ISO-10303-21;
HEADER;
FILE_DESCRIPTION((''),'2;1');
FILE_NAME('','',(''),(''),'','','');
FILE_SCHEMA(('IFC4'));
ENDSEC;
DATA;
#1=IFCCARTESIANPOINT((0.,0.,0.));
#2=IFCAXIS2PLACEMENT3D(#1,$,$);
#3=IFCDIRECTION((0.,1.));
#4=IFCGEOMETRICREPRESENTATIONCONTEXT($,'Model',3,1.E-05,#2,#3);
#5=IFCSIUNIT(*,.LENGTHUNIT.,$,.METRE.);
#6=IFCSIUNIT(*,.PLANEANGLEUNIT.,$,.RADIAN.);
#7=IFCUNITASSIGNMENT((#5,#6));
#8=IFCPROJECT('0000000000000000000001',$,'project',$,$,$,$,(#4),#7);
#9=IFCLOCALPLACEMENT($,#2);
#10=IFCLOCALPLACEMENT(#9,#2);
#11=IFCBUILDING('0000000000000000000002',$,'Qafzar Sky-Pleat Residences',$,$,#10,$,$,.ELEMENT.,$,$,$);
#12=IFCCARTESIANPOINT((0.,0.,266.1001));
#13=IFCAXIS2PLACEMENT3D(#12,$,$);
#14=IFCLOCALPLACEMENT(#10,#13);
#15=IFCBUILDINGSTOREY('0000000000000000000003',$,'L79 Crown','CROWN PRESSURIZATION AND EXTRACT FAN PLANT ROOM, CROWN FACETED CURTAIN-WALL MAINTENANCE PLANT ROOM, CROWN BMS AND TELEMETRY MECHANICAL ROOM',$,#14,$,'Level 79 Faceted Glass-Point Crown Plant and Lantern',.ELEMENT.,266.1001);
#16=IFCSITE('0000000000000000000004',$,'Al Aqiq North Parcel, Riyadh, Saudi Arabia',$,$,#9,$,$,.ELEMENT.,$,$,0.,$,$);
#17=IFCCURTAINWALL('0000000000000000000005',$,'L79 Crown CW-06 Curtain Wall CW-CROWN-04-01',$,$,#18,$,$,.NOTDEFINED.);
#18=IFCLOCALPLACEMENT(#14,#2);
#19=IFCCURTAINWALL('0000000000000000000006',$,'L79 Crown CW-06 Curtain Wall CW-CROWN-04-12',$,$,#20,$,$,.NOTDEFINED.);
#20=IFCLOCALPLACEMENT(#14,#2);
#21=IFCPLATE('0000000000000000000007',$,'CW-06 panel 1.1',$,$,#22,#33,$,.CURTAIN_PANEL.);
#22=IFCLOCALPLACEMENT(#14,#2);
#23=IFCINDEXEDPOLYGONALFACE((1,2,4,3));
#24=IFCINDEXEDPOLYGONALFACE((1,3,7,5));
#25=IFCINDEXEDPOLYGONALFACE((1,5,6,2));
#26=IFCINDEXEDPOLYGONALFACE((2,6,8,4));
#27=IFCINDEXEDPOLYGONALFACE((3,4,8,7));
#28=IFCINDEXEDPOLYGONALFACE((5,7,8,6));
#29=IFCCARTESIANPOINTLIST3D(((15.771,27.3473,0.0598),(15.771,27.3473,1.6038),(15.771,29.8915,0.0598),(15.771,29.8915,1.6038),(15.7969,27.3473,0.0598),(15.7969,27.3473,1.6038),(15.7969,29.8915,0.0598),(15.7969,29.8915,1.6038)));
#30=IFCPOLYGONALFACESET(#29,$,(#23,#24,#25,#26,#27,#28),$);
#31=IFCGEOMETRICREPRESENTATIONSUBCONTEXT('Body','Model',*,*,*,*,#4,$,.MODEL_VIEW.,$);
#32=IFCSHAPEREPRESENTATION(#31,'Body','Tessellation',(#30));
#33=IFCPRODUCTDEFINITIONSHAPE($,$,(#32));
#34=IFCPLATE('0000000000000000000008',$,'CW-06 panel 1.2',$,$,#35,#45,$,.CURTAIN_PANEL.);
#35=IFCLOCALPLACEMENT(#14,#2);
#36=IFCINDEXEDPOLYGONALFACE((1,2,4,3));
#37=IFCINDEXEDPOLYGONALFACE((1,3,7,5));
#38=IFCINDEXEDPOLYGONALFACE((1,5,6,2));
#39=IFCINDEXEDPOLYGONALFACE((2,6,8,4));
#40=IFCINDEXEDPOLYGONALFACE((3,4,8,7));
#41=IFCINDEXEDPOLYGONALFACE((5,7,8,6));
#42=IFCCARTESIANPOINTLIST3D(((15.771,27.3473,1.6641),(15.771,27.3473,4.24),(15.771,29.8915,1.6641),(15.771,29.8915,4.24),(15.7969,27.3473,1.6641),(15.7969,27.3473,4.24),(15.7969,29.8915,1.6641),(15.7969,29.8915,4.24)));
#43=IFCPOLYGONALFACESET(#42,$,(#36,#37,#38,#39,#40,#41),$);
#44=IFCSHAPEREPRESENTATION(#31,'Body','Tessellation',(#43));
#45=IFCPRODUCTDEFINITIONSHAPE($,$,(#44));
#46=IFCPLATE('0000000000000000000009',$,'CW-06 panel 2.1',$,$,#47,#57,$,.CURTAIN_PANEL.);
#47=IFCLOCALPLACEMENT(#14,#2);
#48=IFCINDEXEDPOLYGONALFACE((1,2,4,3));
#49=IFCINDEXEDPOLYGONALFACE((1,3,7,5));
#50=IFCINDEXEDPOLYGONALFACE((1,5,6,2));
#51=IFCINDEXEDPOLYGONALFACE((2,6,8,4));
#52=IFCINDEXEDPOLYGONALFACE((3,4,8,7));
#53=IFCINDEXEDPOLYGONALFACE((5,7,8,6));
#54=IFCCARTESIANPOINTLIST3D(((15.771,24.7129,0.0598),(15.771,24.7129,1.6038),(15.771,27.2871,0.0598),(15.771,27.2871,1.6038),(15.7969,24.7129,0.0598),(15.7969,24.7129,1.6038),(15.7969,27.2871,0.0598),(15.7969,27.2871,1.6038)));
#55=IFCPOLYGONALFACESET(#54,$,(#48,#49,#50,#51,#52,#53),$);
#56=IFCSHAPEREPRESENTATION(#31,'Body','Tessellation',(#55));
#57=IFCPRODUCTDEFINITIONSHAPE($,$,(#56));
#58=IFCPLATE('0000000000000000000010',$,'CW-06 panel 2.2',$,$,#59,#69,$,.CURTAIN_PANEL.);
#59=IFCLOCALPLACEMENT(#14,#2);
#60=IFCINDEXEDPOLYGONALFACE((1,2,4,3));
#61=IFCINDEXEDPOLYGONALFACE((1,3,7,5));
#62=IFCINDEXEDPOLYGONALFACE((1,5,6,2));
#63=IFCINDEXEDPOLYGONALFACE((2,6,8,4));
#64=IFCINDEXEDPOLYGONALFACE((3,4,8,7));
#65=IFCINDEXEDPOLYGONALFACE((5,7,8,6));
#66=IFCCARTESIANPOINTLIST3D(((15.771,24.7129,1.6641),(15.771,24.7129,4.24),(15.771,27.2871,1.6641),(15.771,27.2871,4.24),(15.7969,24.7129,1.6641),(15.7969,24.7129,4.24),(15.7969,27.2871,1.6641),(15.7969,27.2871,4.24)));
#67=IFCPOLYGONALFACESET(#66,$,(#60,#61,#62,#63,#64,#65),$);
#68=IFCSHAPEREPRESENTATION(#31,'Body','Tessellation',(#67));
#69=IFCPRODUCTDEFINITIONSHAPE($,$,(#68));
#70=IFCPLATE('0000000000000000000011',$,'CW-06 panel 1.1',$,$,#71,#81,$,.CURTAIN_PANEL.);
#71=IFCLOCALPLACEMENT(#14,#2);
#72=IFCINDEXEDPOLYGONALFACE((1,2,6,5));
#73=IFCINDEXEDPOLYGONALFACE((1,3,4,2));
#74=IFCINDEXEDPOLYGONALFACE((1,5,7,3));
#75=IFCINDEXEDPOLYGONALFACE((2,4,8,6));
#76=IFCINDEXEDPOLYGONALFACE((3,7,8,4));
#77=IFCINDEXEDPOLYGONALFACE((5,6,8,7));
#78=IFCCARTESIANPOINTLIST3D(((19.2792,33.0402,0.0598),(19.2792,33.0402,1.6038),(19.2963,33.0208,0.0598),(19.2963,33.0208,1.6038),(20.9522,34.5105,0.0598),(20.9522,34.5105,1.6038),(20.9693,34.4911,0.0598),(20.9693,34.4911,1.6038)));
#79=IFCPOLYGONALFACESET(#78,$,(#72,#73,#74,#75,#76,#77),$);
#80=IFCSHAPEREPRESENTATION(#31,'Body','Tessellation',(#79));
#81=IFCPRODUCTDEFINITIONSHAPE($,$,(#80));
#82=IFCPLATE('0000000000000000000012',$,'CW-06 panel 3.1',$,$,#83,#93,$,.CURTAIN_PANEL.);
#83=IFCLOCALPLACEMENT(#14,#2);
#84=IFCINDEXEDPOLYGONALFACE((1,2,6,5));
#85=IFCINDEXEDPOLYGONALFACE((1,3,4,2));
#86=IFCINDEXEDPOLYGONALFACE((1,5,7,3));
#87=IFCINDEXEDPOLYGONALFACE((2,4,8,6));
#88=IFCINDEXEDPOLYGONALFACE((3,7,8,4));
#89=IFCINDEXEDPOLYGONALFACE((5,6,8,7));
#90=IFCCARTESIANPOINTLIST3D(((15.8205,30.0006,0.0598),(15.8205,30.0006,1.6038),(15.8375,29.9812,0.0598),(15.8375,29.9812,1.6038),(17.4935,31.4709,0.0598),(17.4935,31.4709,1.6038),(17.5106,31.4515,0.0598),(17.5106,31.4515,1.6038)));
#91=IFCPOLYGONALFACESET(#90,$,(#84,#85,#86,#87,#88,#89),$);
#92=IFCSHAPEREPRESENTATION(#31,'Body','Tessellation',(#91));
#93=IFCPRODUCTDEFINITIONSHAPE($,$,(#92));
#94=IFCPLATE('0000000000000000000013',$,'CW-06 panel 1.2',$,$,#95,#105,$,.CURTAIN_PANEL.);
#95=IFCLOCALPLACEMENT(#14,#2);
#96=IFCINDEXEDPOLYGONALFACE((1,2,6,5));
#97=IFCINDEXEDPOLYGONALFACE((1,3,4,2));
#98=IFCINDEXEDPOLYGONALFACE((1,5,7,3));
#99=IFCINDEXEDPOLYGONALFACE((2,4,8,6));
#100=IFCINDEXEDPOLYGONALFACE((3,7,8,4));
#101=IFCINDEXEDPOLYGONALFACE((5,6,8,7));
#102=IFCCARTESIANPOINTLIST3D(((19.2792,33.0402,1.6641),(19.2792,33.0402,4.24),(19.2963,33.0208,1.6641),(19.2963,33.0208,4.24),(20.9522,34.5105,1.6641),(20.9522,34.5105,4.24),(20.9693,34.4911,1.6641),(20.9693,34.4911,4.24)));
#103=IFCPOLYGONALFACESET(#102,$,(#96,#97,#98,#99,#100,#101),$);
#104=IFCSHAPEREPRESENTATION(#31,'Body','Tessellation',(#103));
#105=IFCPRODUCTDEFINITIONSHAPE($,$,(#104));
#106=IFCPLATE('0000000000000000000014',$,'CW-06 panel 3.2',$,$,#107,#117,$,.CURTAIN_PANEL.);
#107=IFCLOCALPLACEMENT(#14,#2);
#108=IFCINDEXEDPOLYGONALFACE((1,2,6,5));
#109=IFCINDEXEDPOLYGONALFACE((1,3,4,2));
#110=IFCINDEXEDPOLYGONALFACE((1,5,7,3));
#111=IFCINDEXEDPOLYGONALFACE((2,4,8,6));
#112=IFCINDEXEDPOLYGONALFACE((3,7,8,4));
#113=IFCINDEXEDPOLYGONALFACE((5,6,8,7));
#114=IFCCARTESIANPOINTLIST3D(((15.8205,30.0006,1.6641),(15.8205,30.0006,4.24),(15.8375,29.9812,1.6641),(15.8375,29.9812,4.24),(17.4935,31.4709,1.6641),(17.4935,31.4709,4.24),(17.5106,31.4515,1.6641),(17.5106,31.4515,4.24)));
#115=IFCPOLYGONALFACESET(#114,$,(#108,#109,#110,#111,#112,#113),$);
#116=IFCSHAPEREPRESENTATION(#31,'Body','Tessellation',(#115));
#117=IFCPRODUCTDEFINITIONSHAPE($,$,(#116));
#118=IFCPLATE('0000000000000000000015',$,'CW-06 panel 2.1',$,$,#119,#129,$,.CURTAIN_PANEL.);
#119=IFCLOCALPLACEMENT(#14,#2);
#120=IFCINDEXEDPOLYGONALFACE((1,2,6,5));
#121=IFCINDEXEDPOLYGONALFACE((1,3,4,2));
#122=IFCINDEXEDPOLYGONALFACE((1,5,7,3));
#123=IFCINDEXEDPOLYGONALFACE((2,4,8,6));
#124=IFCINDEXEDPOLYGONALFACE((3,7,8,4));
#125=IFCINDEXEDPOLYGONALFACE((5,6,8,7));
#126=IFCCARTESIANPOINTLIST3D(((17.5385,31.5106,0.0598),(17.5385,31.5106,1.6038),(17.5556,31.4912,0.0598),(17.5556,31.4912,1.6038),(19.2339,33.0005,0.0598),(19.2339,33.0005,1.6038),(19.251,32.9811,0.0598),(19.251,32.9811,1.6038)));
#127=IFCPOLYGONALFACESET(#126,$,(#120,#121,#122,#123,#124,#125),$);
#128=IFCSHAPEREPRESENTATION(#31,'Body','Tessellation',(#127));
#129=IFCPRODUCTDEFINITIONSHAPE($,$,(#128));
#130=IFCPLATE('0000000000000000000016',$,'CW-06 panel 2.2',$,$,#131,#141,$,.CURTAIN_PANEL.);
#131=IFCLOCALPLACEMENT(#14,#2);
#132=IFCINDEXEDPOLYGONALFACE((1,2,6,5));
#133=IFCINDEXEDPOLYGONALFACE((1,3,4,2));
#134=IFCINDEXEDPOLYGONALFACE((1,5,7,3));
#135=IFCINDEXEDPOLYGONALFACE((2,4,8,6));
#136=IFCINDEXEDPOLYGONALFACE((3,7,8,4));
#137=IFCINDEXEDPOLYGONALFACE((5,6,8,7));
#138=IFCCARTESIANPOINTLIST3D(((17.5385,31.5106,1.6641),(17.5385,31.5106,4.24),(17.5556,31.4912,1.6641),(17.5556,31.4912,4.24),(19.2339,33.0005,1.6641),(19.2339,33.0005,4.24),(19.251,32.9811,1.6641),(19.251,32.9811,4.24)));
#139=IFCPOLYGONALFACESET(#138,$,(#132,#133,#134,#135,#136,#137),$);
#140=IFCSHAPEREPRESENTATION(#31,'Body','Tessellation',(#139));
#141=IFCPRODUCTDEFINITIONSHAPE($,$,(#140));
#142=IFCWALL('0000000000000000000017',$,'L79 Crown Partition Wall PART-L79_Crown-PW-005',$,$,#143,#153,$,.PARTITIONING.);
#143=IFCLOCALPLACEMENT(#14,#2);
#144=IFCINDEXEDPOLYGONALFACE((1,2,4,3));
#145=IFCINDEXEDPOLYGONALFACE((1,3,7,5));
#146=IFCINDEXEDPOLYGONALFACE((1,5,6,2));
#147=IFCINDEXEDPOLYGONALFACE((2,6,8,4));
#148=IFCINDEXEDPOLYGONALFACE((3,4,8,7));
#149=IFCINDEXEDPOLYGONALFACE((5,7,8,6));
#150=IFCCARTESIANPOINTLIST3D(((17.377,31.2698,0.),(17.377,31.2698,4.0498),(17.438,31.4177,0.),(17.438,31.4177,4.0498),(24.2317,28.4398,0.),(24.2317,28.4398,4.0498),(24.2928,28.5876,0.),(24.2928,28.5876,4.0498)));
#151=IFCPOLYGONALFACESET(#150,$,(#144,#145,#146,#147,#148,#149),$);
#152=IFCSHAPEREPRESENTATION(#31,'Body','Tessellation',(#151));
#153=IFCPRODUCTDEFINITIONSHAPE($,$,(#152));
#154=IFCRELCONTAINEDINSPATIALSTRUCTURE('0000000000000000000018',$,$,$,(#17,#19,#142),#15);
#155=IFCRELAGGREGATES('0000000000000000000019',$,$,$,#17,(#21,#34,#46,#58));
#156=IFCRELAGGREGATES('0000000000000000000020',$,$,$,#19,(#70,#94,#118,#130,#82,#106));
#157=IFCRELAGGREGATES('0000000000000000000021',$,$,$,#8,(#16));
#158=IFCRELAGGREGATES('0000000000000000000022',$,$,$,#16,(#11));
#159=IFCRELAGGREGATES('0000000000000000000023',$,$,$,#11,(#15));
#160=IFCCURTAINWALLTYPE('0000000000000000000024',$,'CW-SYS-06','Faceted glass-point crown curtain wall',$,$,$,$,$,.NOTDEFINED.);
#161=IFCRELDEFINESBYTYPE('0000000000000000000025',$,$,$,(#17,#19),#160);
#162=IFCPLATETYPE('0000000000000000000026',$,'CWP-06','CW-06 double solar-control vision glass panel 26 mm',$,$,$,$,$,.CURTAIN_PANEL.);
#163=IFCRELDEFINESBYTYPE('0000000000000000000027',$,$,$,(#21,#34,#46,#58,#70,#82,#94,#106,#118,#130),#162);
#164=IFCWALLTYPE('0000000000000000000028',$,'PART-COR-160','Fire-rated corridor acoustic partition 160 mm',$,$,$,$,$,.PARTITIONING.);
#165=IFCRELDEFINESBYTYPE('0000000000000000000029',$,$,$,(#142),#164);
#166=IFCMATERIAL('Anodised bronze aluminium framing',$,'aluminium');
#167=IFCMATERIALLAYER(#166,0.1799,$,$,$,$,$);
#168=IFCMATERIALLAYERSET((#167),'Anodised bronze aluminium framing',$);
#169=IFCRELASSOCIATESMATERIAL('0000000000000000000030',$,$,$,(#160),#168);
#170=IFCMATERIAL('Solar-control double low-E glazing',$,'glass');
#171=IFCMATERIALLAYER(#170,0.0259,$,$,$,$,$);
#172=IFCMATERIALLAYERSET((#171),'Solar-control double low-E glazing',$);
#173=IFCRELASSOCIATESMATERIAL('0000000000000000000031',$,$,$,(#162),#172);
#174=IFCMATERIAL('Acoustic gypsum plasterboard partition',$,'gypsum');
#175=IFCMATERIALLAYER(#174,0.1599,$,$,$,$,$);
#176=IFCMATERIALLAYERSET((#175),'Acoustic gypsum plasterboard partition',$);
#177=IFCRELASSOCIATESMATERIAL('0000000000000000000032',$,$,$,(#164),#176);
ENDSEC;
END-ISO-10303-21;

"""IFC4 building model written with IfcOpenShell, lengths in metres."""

from ifc_helpers import new_model, si_unit, direction, frame, frame_2d, origin, origin_2d, place, context, subcontext, project, spatial, rectangle, extrude, source, transform, mapped, material, layer, layer_set, type_object, element, aggregate, save


model = new_model("IFC4")

# Units and contexts
model_context = context("Model", 3, precision=1e-05, world=origin(), true_north=direction((0.0, 1.0)))
body_context = subcontext(model_context, "Body", "Model", "MODEL_VIEW")
ifc_project = project(units=[si_unit("LENGTHUNIT", "METRE"), si_unit("PLANEANGLEUNIT", "RADIAN")], contexts=[model_context])

# Site, building, storey
site_placement = place(None, origin())
site = spatial("IfcSite", under=ifc_project, at=site_placement, Name="Al Aqiq North Parcel, Riyadh, Saudi Arabia", CompositionType="ELEMENT", RefElevation=0.0)
building_placement = place(site_placement, origin())
building = spatial("IfcBuilding", under=site, at=building_placement, Name="Qafzar Sky-Pleat Residences", CompositionType="ELEMENT")
storey_placement = place(building_placement, frame((0.0, 0.0, 266.1001)))
storey = spatial("IfcBuildingStorey", under=building, at=storey_placement, Name="L79 Crown", Description="CROWN PRESSURIZATION AND EXTRACT FAN PLANT ROOM, CROWN FACETED CURTAIN-WALL MAINTENANCE PLANT ROOM, CROWN BMS AND TELEMETRY MECHANICAL ROOM", LongName="Level 79 Faceted Glass-Point Crown Plant and Lantern", CompositionType="ELEMENT", Elevation=266.1001)

# Curtain wall
ifc_material_1 = material(Name="Anodised bronze aluminium framing", Category="aluminium")
ifc_layer_1 = layer(ifc_material_1, 0.1799)
ifc_layer_set_1 = layer_set([ifc_layer_1], Name="Anodised bronze aluminium framing")
curtain_wall_type = type_object("IfcCurtainWallType", Name="CW-SYS-06", Description="Faceted glass-point crown curtain wall", PredefinedType="NOTDEFINED", material=ifc_layer_set_1)
curtain_wall_1_placement = place(storey_placement, origin())
curtain_wall_1 = element("IfcCurtainWall", 1, at=curtain_wall_1_placement, inside=storey, type_object=curtain_wall_type, Name="L79 Crown CW-06 Curtain Wall CW-CROWN-04-01", PredefinedType="NOTDEFINED")

# Curtain wall
curtain_wall_2_placement = place(storey_placement, origin())
curtain_wall_2 = element("IfcCurtainWall", 2, at=curtain_wall_2_placement, inside=storey, type_object=curtain_wall_type, Name="L79 Crown CW-06 Curtain Wall CW-CROWN-04-12", PredefinedType="NOTDEFINED")

# Plates
ifc_material_2 = material(Name="Solar-control double low-E glazing", Category="glass")
ifc_layer_2 = layer(ifc_material_2, 0.0259)
ifc_layer_set_2 = layer_set([ifc_layer_2], Name="Solar-control double low-E glazing")
plate_type = type_object("IfcPlateType", Name="CWP-06", Description="CW-06 double solar-control vision glass panel 26 mm", PredefinedType="CURTAIN_PANEL", material=ifc_layer_set_2)
shared_shape_1 = source(origin(), body_context, "Body", "SweptSolid", [
    extrude(rectangle(XDim=2.5442, YDim=0.0259, at=origin_2d()), origin(), (0.0, 0.0, 1.0), 1.5439),
])
plate_1_placement = place(storey_placement, frame((15.7839, 28.6194, 0.0598), z_axis=(0.0, 0.0, 1.0), x_axis=(0.0, -1.0, 0.0)))
plate_1 = element("IfcPlate", 3, at=plate_1_placement, type_object=plate_type, Name="CW-06 panel 1.1", PredefinedType="CURTAIN_PANEL", context=body_context, shape_type="MappedRepresentation", body=[
    mapped(shared_shape_1, transform((0.0, 0.0, 0.0), x_axis=(1.0, 0.0, 0.0), y_axis=(0.0, 1.0, 0.0), z_axis=(0.0, 0.0, 1.0), scale=1.0)),
])
shared_shape_2 = source(origin(), body_context, "Body", "SweptSolid", [
    extrude(rectangle(XDim=2.5442, YDim=0.0259, at=origin_2d()), origin(), (0.0, 0.0, 1.0), 2.5759),
])
plate_2_placement = place(storey_placement, frame((15.7839, 28.6194, 1.6641), z_axis=(0.0, 0.0, 1.0), x_axis=(0.0, -1.0, 0.0)))
plate_2 = element("IfcPlate", 4, at=plate_2_placement, type_object=plate_type, Name="CW-06 panel 1.2", PredefinedType="CURTAIN_PANEL", context=body_context, shape_type="MappedRepresentation", body=[
    mapped(shared_shape_2, transform((0.0, 0.0, 0.0), x_axis=(1.0, 0.0, 0.0), y_axis=(0.0, 1.0, 0.0), z_axis=(0.0, 0.0, 1.0), scale=1.0)),
])
shared_shape_3 = source(origin(), body_context, "Body", "SweptSolid", [
    extrude(rectangle(XDim=2.5742, YDim=0.0259, at=origin_2d()), origin(), (0.0, 0.0, 1.0), 1.5439),
])
plate_3_placement = place(storey_placement, frame((15.7839, 26.0, 0.0598), z_axis=(0.0, 0.0, 1.0), x_axis=(0.0, -1.0, 0.0)))
plate_3 = element("IfcPlate", 5, at=plate_3_placement, type_object=plate_type, Name="CW-06 panel 2.1", PredefinedType="CURTAIN_PANEL", context=body_context, shape_type="MappedRepresentation", body=[
    mapped(shared_shape_3, transform((0.0, 0.0, 0.0), x_axis=(1.0, 0.0, 0.0), y_axis=(0.0, 1.0, 0.0), z_axis=(0.0, 0.0, 1.0), scale=1.0)),
])
shared_shape_4 = source(origin(), body_context, "Body", "SweptSolid", [
    extrude(rectangle(XDim=2.5742, YDim=0.0259, at=origin_2d()), origin(), (0.0, 0.0, 1.0), 2.5759),
])
plate_4_placement = place(storey_placement, frame((15.7839, 26.0, 1.6641), z_axis=(0.0, 0.0, 1.0), x_axis=(0.0, -1.0, 0.0)))
plate_4 = element("IfcPlate", 6, at=plate_4_placement, type_object=plate_type, Name="CW-06 panel 2.2", PredefinedType="CURTAIN_PANEL", context=body_context, shape_type="MappedRepresentation", body=[
    mapped(shared_shape_4, transform((0.0, 0.0, 0.0), x_axis=(1.0, 0.0, 0.0), y_axis=(0.0, 1.0, 0.0), z_axis=(0.0, 0.0, 1.0), scale=1.0)),
])
aggregate(curtain_wall_1, [plate_1, plate_2, plate_3, plate_4])
shared_shape_5 = source(origin(), body_context, "Body", "SweptSolid", [
    extrude(rectangle(XDim=2.2273, YDim=0.0259, at=origin_2d()), origin(), (0.0, 0.0, 1.0), 1.5439),
])
plate_5_placement = place(storey_placement, frame((20.1243, 33.7656, 0.0598), z_axis=(0.0, 0.0, 1.0), x_axis=(-0.751155, -0.660125, 0.0)))
plate_5 = element("IfcPlate", 7, at=plate_5_placement, type_object=plate_type, Name="CW-06 panel 1.1", PredefinedType="CURTAIN_PANEL", context=body_context, shape_type="MappedRepresentation", body=[
    mapped(shared_shape_5, transform((0.0, 0.0, 0.0), x_axis=(1.0, 0.0, 0.0), y_axis=(0.0, 1.0, 0.0), z_axis=(0.0, 0.0, 1.0), scale=1.0)),
])
plate_6_placement = place(storey_placement, frame((16.6655, 30.7261, 0.0598), z_axis=(0.0, 0.0, 1.0), x_axis=(-0.751155, -0.660125, 0.0)))
plate_6 = element("IfcPlate", 8, at=plate_6_placement, type_object=plate_type, Name="CW-06 panel 3.1", PredefinedType="CURTAIN_PANEL", context=body_context, shape_type="MappedRepresentation", body=[
    mapped(shared_shape_5, transform((0.0, 0.0, 0.0), x_axis=(1.0, 0.0, 0.0), y_axis=(0.0, 1.0, 0.0), z_axis=(0.0, 0.0, 1.0), scale=1.0)),
])
shared_shape_6 = source(origin(), body_context, "Body", "SweptSolid", [
    extrude(rectangle(XDim=2.2273, YDim=0.0259, at=origin_2d()), origin(), (0.0, 0.0, 1.0), 2.5759),
])
plate_7_placement = place(storey_placement, frame((20.1243, 33.7656, 1.6641), z_axis=(0.0, 0.0, 1.0), x_axis=(-0.751155, -0.660125, 0.0)))
plate_7 = element("IfcPlate", 9, at=plate_7_placement, type_object=plate_type, Name="CW-06 panel 1.2", PredefinedType="CURTAIN_PANEL", context=body_context, shape_type="MappedRepresentation", body=[
    mapped(shared_shape_6, transform((0.0, 0.0, 0.0), x_axis=(1.0, 0.0, 0.0), y_axis=(0.0, 1.0, 0.0), z_axis=(0.0, 0.0, 1.0), scale=1.0)),
])
plate_8_placement = place(storey_placement, frame((16.6655, 30.7261, 1.6641), z_axis=(0.0, 0.0, 1.0), x_axis=(-0.751155, -0.660125, 0.0)))
plate_8 = element("IfcPlate", 10, at=plate_8_placement, type_object=plate_type, Name="CW-06 panel 3.2", PredefinedType="CURTAIN_PANEL", context=body_context, shape_type="MappedRepresentation", body=[
    mapped(shared_shape_6, transform((0.0, 0.0, 0.0), x_axis=(1.0, 0.0, 0.0), y_axis=(0.0, 1.0, 0.0), z_axis=(0.0, 0.0, 1.0), scale=1.0)),
])
shared_shape_7 = source(origin(), body_context, "Body", "SweptSolid", [
    extrude(rectangle(XDim=2.2571, YDim=0.0259, at=origin_2d()), origin(), (0.0, 0.0, 1.0), 1.5439),
])
plate_9_placement = place(storey_placement, frame((18.3948, 32.2458, 0.0598), z_axis=(0.0, 0.0, 1.0), x_axis=(-0.751155, -0.660125, 0.0)))
plate_9 = element("IfcPlate", 11, at=plate_9_placement, type_object=plate_type, Name="CW-06 panel 2.1", PredefinedType="CURTAIN_PANEL", context=body_context, shape_type="MappedRepresentation", body=[
    mapped(shared_shape_7, transform((0.0, 0.0, 0.0), x_axis=(1.0, 0.0, 0.0), y_axis=(0.0, 1.0, 0.0), z_axis=(0.0, 0.0, 1.0), scale=1.0)),
])
shared_shape_8 = source(origin(), body_context, "Body", "SweptSolid", [
    extrude(rectangle(XDim=2.2571, YDim=0.0259, at=origin_2d()), origin(), (0.0, 0.0, 1.0), 2.5759),
])
plate_10_placement = place(storey_placement, frame((18.3948, 32.2458, 1.6641), z_axis=(0.0, 0.0, 1.0), x_axis=(-0.751155, -0.660125, 0.0)))
plate_10 = element("IfcPlate", 12, at=plate_10_placement, type_object=plate_type, Name="CW-06 panel 2.2", PredefinedType="CURTAIN_PANEL", context=body_context, shape_type="MappedRepresentation", body=[
    mapped(shared_shape_8, transform((0.0, 0.0, 0.0), x_axis=(1.0, 0.0, 0.0), y_axis=(0.0, 1.0, 0.0), z_axis=(0.0, 0.0, 1.0), scale=1.0)),
])
aggregate(curtain_wall_2, [plate_5, plate_7, plate_9, plate_10, plate_6, plate_8])

# Wall
ifc_material_3 = material(Name="Acoustic gypsum plasterboard partition", Category="gypsum")
ifc_layer_3 = layer(ifc_material_3, 0.1599)
ifc_layer_set_3 = layer_set([ifc_layer_3], Name="Acoustic gypsum plasterboard partition")
wall_type = type_object("IfcWallType", Name="PART-COR-160", Description="Fire-rated corridor acoustic partition 160 mm", PredefinedType="PARTITIONING", material=ifc_layer_set_3)
wall_placement = place(storey_placement, frame((17.4075, 31.3438, 0.0), z_axis=(0.0, 0.0, 1.0), x_axis=(0.92432, -0.381619, 0.0)))
element("IfcWall", 13, at=wall_placement, inside=storey, type_object=wall_type, Name="L79 Crown Partition Wall PART-L79_Crown-PW-005", PredefinedType="PARTITIONING", context=body_context, shape_type="SweptSolid", body=[
    extrude(rectangle(XDim=7.416, YDim=0.1599, at=frame_2d((3.708, 0.0))), origin(), (0.0, 0.0, 1.0), 4.0498),
])

save(model, "model.ifc")
